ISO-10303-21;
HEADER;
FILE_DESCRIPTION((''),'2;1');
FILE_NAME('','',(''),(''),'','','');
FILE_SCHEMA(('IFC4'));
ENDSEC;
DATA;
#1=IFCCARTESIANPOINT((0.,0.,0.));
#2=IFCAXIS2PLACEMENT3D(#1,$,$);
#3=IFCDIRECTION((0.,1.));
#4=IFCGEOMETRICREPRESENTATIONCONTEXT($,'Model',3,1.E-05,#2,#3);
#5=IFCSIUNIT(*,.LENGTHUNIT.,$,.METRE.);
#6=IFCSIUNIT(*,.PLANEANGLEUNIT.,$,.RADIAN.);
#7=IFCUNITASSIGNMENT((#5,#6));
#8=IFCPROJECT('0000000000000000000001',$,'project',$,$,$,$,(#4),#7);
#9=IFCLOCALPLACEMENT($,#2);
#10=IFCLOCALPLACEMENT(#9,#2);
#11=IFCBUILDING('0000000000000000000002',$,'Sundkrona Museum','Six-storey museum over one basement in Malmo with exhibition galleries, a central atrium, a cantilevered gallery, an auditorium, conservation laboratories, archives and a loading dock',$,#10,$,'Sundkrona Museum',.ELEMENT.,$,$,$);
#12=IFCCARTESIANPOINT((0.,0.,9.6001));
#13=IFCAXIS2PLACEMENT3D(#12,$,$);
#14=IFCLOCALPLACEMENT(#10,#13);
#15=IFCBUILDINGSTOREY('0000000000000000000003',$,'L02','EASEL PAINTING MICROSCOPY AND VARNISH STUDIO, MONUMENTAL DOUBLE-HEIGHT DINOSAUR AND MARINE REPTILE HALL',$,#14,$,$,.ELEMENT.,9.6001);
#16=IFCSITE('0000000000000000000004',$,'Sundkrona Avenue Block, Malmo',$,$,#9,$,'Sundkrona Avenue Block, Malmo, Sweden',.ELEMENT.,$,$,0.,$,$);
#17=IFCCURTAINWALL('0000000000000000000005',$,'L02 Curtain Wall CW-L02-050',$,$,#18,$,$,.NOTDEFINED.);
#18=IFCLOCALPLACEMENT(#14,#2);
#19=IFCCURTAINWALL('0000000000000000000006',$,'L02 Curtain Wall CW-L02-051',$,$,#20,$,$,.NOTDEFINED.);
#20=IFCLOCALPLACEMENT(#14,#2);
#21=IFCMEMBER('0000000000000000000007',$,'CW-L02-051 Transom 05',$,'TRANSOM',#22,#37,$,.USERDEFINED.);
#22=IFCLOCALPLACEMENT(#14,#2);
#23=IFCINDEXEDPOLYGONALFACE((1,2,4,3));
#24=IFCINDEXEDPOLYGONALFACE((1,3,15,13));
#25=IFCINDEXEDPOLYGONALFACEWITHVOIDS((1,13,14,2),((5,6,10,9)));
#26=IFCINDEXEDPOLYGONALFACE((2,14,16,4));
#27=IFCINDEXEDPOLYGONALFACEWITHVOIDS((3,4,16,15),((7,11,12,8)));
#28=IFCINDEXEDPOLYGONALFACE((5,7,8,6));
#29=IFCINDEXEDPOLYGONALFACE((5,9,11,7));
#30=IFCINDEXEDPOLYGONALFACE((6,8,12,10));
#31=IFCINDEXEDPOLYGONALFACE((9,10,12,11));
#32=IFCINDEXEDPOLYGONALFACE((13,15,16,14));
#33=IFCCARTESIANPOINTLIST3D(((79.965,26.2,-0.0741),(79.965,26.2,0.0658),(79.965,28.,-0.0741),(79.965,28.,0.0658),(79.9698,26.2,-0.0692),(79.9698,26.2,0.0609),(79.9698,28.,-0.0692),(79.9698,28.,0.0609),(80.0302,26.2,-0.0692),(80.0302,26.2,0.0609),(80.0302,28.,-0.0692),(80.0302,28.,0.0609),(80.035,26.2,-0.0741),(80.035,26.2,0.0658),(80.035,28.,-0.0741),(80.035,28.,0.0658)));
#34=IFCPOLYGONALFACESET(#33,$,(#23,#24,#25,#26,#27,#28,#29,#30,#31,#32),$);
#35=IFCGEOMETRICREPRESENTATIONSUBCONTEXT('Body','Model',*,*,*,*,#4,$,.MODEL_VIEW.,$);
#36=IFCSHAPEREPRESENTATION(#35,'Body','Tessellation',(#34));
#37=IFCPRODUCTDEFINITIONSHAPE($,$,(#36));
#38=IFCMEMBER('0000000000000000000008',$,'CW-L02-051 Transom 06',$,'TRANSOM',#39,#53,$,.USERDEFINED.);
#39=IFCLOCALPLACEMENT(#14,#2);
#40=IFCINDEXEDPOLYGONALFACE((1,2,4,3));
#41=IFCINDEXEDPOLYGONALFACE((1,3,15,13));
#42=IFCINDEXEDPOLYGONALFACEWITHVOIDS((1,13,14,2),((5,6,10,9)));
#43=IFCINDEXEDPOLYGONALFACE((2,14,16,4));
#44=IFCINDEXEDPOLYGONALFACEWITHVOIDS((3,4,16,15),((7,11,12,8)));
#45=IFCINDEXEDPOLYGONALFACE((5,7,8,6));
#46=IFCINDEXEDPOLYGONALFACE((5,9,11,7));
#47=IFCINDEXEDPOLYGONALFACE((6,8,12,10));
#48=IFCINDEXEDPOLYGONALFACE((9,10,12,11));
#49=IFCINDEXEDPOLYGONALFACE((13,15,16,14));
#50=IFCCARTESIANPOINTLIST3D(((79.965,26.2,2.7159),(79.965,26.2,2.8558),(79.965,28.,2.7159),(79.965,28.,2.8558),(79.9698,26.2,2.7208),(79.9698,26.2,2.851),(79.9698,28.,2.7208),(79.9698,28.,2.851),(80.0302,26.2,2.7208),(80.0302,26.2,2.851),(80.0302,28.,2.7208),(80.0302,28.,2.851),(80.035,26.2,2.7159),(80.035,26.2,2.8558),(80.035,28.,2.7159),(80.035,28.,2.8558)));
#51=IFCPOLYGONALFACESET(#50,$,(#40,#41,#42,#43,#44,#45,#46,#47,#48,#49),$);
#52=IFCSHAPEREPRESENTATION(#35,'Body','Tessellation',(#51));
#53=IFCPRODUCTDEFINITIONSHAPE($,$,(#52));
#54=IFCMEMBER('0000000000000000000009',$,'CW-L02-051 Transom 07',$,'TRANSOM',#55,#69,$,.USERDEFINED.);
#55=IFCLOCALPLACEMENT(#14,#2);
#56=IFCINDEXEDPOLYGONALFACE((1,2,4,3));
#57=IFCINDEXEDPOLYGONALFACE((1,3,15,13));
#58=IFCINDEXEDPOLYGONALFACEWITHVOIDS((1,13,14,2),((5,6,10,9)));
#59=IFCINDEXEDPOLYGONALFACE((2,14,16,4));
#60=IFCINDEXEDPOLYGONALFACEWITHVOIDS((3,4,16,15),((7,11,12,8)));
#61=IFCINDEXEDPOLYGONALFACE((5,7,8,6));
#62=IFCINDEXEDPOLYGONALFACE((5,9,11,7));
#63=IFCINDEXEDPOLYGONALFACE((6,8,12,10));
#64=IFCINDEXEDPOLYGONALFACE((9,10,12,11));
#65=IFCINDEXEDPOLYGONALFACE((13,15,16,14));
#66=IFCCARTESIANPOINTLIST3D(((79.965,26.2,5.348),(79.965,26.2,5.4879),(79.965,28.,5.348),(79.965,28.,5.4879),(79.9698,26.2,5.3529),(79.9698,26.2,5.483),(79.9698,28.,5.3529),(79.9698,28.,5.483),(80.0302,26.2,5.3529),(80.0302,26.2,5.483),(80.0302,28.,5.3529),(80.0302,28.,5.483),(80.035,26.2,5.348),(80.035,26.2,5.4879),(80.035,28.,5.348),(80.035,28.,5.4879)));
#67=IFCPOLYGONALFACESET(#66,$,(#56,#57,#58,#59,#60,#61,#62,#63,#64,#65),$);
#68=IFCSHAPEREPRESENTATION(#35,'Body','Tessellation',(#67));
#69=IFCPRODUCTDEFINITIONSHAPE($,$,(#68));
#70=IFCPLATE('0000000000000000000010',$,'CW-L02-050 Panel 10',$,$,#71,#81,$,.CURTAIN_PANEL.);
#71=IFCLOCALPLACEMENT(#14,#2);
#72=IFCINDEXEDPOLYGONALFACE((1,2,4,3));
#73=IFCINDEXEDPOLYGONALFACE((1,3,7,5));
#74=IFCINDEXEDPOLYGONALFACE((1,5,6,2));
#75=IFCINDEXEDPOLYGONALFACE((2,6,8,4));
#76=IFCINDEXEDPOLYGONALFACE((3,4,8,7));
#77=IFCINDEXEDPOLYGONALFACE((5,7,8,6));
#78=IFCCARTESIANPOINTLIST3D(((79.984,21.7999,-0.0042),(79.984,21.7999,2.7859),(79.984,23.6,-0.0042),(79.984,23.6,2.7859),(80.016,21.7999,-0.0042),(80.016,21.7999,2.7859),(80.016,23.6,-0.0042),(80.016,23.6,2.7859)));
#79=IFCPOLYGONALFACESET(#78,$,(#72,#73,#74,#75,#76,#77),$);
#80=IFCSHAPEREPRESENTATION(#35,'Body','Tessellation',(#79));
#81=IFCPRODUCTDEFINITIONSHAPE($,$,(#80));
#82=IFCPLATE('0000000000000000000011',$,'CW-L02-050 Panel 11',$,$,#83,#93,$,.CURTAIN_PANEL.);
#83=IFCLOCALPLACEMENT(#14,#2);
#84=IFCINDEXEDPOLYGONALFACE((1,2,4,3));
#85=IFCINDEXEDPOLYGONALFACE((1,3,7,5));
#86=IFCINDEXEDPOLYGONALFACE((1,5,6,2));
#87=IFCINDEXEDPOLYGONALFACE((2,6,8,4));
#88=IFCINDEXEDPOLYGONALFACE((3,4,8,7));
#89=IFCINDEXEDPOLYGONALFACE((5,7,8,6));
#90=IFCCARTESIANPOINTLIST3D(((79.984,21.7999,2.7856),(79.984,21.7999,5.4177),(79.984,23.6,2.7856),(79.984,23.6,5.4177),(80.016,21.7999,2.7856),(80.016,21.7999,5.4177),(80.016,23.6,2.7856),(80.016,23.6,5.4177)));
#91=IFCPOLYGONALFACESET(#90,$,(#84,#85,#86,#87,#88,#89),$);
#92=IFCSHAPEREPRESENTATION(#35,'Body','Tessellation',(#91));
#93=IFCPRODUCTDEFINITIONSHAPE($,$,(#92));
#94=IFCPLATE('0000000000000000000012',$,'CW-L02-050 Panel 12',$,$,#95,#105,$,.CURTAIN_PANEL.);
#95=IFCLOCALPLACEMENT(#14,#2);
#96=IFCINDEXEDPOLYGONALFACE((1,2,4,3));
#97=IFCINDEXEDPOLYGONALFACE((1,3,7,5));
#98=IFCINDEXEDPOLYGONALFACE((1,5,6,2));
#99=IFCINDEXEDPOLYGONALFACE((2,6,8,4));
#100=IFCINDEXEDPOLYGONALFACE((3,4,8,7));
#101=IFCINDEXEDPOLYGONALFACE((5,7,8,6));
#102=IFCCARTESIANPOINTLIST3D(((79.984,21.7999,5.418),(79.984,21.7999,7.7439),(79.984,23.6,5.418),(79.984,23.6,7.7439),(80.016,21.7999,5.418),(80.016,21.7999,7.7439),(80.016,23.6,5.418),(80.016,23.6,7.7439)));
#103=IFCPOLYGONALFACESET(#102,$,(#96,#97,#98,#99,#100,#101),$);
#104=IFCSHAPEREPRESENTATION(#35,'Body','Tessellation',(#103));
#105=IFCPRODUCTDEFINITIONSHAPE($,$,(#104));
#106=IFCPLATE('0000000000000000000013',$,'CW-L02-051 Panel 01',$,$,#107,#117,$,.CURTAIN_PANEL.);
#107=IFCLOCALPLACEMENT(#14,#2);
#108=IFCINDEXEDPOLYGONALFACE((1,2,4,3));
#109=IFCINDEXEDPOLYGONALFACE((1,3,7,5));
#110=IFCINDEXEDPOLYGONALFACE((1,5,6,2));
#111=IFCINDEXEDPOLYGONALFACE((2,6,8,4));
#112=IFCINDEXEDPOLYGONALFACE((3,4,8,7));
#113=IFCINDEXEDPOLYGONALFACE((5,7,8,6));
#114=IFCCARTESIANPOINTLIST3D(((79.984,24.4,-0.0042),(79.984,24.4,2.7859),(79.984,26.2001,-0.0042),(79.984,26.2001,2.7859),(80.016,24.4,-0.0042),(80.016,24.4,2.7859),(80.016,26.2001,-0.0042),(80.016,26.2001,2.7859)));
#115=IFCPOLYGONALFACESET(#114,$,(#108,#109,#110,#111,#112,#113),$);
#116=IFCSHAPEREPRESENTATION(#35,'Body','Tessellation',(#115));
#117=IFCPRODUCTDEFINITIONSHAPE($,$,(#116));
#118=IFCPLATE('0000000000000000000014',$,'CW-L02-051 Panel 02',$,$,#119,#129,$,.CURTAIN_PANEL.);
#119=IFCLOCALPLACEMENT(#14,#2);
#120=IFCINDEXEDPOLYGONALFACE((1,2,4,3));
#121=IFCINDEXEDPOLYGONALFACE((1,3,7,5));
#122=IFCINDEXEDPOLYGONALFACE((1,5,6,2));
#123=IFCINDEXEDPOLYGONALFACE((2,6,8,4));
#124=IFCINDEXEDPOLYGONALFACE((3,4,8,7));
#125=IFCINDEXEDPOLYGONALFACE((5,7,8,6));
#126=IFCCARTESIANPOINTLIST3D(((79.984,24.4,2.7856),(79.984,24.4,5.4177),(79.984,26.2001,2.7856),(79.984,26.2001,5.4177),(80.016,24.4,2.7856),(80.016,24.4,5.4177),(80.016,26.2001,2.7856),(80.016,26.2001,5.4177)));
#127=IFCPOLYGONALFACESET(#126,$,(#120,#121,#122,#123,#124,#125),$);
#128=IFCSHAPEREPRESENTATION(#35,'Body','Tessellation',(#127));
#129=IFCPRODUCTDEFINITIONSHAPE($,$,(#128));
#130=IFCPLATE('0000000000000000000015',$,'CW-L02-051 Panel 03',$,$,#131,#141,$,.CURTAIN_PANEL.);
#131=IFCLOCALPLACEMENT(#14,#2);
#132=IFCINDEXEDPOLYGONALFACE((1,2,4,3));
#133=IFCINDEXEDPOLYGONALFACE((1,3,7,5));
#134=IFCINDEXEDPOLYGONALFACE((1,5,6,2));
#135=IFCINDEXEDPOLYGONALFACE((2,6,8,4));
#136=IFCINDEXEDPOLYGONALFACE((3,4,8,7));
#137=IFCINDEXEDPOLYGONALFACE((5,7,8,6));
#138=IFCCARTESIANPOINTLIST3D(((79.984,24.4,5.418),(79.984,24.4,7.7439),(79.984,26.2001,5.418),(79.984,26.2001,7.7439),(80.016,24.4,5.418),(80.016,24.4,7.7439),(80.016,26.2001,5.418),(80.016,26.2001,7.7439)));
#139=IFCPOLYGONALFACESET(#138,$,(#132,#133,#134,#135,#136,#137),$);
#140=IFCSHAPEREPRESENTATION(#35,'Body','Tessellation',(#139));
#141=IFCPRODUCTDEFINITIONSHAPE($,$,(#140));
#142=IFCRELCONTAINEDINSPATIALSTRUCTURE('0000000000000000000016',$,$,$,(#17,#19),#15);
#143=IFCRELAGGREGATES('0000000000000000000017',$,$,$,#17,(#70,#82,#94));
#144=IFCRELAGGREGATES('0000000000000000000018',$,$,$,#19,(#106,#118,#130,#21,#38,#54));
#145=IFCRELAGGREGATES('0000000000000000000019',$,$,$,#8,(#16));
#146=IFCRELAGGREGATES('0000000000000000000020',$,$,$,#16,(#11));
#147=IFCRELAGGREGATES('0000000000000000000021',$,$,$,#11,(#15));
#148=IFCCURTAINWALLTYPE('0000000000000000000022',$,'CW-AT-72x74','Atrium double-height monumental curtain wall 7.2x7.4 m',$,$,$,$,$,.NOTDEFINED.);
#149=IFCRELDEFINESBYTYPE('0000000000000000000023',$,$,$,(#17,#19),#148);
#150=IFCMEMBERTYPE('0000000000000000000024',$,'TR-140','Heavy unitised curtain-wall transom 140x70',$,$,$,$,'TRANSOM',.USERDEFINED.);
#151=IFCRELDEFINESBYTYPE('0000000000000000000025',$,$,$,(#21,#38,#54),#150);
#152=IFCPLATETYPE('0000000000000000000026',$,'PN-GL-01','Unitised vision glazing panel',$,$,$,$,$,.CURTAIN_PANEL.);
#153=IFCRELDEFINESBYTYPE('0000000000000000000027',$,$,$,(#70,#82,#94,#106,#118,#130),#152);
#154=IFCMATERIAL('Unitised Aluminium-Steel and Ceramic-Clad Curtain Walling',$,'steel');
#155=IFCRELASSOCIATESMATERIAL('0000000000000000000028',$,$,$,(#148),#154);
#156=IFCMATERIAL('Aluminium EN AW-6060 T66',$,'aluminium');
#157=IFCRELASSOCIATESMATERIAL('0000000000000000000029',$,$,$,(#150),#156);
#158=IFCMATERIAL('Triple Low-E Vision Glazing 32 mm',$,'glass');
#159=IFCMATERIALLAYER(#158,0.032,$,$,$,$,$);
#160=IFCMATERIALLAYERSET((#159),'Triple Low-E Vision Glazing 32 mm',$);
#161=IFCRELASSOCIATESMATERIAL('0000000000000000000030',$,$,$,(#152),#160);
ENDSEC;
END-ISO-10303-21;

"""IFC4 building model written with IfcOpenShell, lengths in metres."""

from ifc_helpers import new_model, si_unit, direction, frame, origin, origin_2d, place, context, subcontext, project, spatial, rectangle, hollow_rectangle, extrude, material, layer, layer_set, material_profile, profile_set, type_object, element, aggregate, save


model = new_model("IFC4")

# Units and contexts
model_context = context("Model", 3, precision=1e-05, world=origin(), true_north=direction((0.0, 1.0)))
body_context = subcontext(model_context, "Body", "Model", "MODEL_VIEW")
ifc_project = project(units=[si_unit("LENGTHUNIT", "METRE"), si_unit("PLANEANGLEUNIT", "RADIAN")], contexts=[model_context])

# Site, building, storey
site_placement = place(None, origin())
site = spatial("IfcSite", under=ifc_project, at=site_placement, Name="Sundkrona Avenue Block, Malmo", LongName="Sundkrona Avenue Block, Malmo, Sweden", CompositionType="ELEMENT", RefElevation=0.0)
building_placement = place(site_placement, origin())
building = spatial("IfcBuilding", under=site, at=building_placement, Name="Sundkrona Museum", Description="Six-storey museum over one basement in Malmo with exhibition galleries, a central atrium, a cantilevered gallery, an auditorium, conservation laboratories, archives and a loading dock", LongName="Sundkrona Museum", CompositionType="ELEMENT")
storey_placement = place(building_placement, frame((0.0, 0.0, 9.6001)))
storey = spatial("IfcBuildingStorey", under=building, at=storey_placement, Name="L02", Description="EASEL PAINTING MICROSCOPY AND VARNISH STUDIO, MONUMENTAL DOUBLE-HEIGHT DINOSAUR AND MARINE REPTILE HALL", CompositionType="ELEMENT", Elevation=9.6001)

# Curtain wall
ifc_material_1 = material(Name="Unitised Aluminium-Steel and Ceramic-Clad Curtain Walling", Category="steel")
curtain_wall_type = type_object("IfcCurtainWallType", Name="CW-AT-72x74", Description="Atrium double-height monumental curtain wall 7.2x7.4 m", PredefinedType="NOTDEFINED", material=ifc_material_1)
curtain_wall_1_placement = place(storey_placement, origin())
curtain_wall_1 = element("IfcCurtainWall", 1, at=curtain_wall_1_placement, inside=storey, type_object=curtain_wall_type, Name="L02 Curtain Wall CW-L02-050", PredefinedType="NOTDEFINED")
ifc_material_2 = material(Name="Aluminium EN AW-6060 T66", Category="aluminium")

# Curtain wall
curtain_wall_2_placement = place(storey_placement, origin())
curtain_wall_2 = element("IfcCurtainWall", 2, at=curtain_wall_2_placement, inside=storey, type_object=curtain_wall_type, Name="L02 Curtain Wall CW-L02-051", PredefinedType="NOTDEFINED")

# Members
ifc_material_profile_1 = material_profile(ifc_material_2, hollow_rectangle(XDim=0.0701, YDim=0.1399, WallThickness=0.0049, at=origin_2d()), Name="RHS 140x70x5.0")
ifc_profile_set_1 = profile_set([ifc_material_profile_1], Name="Aluminium EN AW-6060 T66")
member_type_1 = type_object("IfcMemberType", Name="TR-140", Description="Heavy unitised curtain-wall transom 140x70", ElementType="TRANSOM", PredefinedType="USERDEFINED", material=ifc_profile_set_1)
member_1_placement = place(storey_placement, frame((80.0, 26.2, -0.0042), z_axis=(0.0, 1.0, 0.0), x_axis=(-1.0, 0.0, 0.0)))
member_1 = element("IfcMember", 3, at=member_1_placement, type_object=member_type_1, Name="CW-L02-051 Transom 05", ObjectType="TRANSOM", PredefinedType="USERDEFINED", context=body_context, shape_type="SweptSolid", body=[
    extrude(hollow_rectangle(XDim=0.0701, YDim=0.1399, WallThickness=0.0049, at=origin_2d()), origin(), (0.0, 0.0, 1.0), 1.8),
])
member_2_placement = place(storey_placement, frame((80.0, 26.2, 2.7859), z_axis=(0.0, 1.0, 0.0), x_axis=(-1.0, 0.0, 0.0)))
member_2 = element("IfcMember", 4, at=member_2_placement, type_object=member_type_1, Name="CW-L02-051 Transom 06", ObjectType="TRANSOM", PredefinedType="USERDEFINED", context=body_context, shape_type="SweptSolid", body=[
    extrude(hollow_rectangle(XDim=0.0701, YDim=0.1399, WallThickness=0.0049, at=origin_2d()), origin(), (0.0, 0.0, 1.0), 1.8),
])
member_3_placement = place(storey_placement, frame((80.0, 26.2, 5.418), z_axis=(0.0, 1.0, 0.0), x_axis=(-1.0, 0.0, 0.0)))
member_3 = element("IfcMember", 5, at=member_3_placement, type_object=member_type_1, Name="CW-L02-051 Transom 07", ObjectType="TRANSOM", PredefinedType="USERDEFINED", context=body_context, shape_type="SweptSolid", body=[
    extrude(hollow_rectangle(XDim=0.0701, YDim=0.1399, WallThickness=0.0049, at=origin_2d()), origin(), (0.0, 0.0, 1.0), 1.8),
])

# Plates
ifc_material_3 = material(Name="Triple Low-E Vision Glazing 32 mm", Category="glass")
ifc_layer = layer(ifc_material_3, 0.032)
ifc_layer_set = layer_set([ifc_layer], Name="Triple Low-E Vision Glazing 32 mm")
plate_type = type_object("IfcPlateType", Name="PN-GL-01", Description="Unitised vision glazing panel", PredefinedType="CURTAIN_PANEL", material=ifc_layer_set)
plate_1_placement = place(storey_placement, frame((80.0, 22.7, -0.0042), z_axis=(0.0, 0.0, 1.0), x_axis=(0.0, 1.0, 0.0)))
plate_1 = element("IfcPlate", 6, at=plate_1_placement, type_object=plate_type, Name="CW-L02-050 Panel 10", PredefinedType="CURTAIN_PANEL", context=body_context, shape_type="SweptSolid", body=[
    extrude(rectangle(XDim=1.8, YDim=0.032, at=origin_2d()), origin(), (0.0, 0.0, 1.0), 2.79),
])
plate_2_placement = place(storey_placement, frame((80.0, 22.7, 2.7856), z_axis=(0.0, 0.0, 1.0), x_axis=(0.0, 1.0, 0.0)))
plate_2 = element("IfcPlate", 7, at=plate_2_placement, type_object=plate_type, Name="CW-L02-050 Panel 11", PredefinedType="CURTAIN_PANEL", context=body_context, shape_type="SweptSolid", body=[
    extrude(rectangle(XDim=1.8, YDim=0.032, at=origin_2d()), origin(), (0.0, 0.0, 1.0), 2.6321),
])
plate_3_placement = place(storey_placement, frame((80.0, 22.7, 5.418), z_axis=(0.0, 0.0, 1.0), x_axis=(0.0, 1.0, 0.0)))
plate_3 = element("IfcPlate", 8, at=plate_3_placement, type_object=plate_type, Name="CW-L02-050 Panel 12", PredefinedType="CURTAIN_PANEL", context=body_context, shape_type="SweptSolid", body=[
    extrude(rectangle(XDim=1.8, YDim=0.032, at=origin_2d()), origin(), (0.0, 0.0, 1.0), 2.3259),
])
aggregate(curtain_wall_1, [plate_1, plate_2, plate_3])
plate_4_placement = place(storey_placement, frame((80.0, 25.3, -0.0042), z_axis=(0.0, 0.0, 1.0), x_axis=(0.0, 1.0, 0.0)))
plate_4 = element("IfcPlate", 9, at=plate_4_placement, type_object=plate_type, Name="CW-L02-051 Panel 01", PredefinedType="CURTAIN_PANEL", context=body_context, shape_type="SweptSolid", body=[
    extrude(rectangle(XDim=1.8, YDim=0.032, at=origin_2d()), origin(), (0.0, 0.0, 1.0), 2.79),
])
plate_5_placement = place(storey_placement, frame((80.0, 25.3, 2.7856), z_axis=(0.0, 0.0, 1.0), x_axis=(0.0, 1.0, 0.0)))
plate_5 = element("IfcPlate", 10, at=plate_5_placement, type_object=plate_type, Name="CW-L02-051 Panel 02", PredefinedType="CURTAIN_PANEL", context=body_context, shape_type="SweptSolid", body=[
    extrude(rectangle(XDim=1.8, YDim=0.032, at=origin_2d()), origin(), (0.0, 0.0, 1.0), 2.6321),
])
plate_6_placement = place(storey_placement, frame((80.0, 25.3, 5.418), z_axis=(0.0, 0.0, 1.0), x_axis=(0.0, 1.0, 0.0)))
plate_6 = element("IfcPlate", 11, at=plate_6_placement, type_object=plate_type, Name="CW-L02-051 Panel 03", PredefinedType="CURTAIN_PANEL", context=body_context, shape_type="SweptSolid", body=[
    extrude(rectangle(XDim=1.8, YDim=0.032, at=origin_2d()), origin(), (0.0, 0.0, 1.0), 2.3259),
])
aggregate(curtain_wall_2, [plate_4, plate_5, plate_6, member_1, member_2, member_3])

save(model, "model.ifc")
